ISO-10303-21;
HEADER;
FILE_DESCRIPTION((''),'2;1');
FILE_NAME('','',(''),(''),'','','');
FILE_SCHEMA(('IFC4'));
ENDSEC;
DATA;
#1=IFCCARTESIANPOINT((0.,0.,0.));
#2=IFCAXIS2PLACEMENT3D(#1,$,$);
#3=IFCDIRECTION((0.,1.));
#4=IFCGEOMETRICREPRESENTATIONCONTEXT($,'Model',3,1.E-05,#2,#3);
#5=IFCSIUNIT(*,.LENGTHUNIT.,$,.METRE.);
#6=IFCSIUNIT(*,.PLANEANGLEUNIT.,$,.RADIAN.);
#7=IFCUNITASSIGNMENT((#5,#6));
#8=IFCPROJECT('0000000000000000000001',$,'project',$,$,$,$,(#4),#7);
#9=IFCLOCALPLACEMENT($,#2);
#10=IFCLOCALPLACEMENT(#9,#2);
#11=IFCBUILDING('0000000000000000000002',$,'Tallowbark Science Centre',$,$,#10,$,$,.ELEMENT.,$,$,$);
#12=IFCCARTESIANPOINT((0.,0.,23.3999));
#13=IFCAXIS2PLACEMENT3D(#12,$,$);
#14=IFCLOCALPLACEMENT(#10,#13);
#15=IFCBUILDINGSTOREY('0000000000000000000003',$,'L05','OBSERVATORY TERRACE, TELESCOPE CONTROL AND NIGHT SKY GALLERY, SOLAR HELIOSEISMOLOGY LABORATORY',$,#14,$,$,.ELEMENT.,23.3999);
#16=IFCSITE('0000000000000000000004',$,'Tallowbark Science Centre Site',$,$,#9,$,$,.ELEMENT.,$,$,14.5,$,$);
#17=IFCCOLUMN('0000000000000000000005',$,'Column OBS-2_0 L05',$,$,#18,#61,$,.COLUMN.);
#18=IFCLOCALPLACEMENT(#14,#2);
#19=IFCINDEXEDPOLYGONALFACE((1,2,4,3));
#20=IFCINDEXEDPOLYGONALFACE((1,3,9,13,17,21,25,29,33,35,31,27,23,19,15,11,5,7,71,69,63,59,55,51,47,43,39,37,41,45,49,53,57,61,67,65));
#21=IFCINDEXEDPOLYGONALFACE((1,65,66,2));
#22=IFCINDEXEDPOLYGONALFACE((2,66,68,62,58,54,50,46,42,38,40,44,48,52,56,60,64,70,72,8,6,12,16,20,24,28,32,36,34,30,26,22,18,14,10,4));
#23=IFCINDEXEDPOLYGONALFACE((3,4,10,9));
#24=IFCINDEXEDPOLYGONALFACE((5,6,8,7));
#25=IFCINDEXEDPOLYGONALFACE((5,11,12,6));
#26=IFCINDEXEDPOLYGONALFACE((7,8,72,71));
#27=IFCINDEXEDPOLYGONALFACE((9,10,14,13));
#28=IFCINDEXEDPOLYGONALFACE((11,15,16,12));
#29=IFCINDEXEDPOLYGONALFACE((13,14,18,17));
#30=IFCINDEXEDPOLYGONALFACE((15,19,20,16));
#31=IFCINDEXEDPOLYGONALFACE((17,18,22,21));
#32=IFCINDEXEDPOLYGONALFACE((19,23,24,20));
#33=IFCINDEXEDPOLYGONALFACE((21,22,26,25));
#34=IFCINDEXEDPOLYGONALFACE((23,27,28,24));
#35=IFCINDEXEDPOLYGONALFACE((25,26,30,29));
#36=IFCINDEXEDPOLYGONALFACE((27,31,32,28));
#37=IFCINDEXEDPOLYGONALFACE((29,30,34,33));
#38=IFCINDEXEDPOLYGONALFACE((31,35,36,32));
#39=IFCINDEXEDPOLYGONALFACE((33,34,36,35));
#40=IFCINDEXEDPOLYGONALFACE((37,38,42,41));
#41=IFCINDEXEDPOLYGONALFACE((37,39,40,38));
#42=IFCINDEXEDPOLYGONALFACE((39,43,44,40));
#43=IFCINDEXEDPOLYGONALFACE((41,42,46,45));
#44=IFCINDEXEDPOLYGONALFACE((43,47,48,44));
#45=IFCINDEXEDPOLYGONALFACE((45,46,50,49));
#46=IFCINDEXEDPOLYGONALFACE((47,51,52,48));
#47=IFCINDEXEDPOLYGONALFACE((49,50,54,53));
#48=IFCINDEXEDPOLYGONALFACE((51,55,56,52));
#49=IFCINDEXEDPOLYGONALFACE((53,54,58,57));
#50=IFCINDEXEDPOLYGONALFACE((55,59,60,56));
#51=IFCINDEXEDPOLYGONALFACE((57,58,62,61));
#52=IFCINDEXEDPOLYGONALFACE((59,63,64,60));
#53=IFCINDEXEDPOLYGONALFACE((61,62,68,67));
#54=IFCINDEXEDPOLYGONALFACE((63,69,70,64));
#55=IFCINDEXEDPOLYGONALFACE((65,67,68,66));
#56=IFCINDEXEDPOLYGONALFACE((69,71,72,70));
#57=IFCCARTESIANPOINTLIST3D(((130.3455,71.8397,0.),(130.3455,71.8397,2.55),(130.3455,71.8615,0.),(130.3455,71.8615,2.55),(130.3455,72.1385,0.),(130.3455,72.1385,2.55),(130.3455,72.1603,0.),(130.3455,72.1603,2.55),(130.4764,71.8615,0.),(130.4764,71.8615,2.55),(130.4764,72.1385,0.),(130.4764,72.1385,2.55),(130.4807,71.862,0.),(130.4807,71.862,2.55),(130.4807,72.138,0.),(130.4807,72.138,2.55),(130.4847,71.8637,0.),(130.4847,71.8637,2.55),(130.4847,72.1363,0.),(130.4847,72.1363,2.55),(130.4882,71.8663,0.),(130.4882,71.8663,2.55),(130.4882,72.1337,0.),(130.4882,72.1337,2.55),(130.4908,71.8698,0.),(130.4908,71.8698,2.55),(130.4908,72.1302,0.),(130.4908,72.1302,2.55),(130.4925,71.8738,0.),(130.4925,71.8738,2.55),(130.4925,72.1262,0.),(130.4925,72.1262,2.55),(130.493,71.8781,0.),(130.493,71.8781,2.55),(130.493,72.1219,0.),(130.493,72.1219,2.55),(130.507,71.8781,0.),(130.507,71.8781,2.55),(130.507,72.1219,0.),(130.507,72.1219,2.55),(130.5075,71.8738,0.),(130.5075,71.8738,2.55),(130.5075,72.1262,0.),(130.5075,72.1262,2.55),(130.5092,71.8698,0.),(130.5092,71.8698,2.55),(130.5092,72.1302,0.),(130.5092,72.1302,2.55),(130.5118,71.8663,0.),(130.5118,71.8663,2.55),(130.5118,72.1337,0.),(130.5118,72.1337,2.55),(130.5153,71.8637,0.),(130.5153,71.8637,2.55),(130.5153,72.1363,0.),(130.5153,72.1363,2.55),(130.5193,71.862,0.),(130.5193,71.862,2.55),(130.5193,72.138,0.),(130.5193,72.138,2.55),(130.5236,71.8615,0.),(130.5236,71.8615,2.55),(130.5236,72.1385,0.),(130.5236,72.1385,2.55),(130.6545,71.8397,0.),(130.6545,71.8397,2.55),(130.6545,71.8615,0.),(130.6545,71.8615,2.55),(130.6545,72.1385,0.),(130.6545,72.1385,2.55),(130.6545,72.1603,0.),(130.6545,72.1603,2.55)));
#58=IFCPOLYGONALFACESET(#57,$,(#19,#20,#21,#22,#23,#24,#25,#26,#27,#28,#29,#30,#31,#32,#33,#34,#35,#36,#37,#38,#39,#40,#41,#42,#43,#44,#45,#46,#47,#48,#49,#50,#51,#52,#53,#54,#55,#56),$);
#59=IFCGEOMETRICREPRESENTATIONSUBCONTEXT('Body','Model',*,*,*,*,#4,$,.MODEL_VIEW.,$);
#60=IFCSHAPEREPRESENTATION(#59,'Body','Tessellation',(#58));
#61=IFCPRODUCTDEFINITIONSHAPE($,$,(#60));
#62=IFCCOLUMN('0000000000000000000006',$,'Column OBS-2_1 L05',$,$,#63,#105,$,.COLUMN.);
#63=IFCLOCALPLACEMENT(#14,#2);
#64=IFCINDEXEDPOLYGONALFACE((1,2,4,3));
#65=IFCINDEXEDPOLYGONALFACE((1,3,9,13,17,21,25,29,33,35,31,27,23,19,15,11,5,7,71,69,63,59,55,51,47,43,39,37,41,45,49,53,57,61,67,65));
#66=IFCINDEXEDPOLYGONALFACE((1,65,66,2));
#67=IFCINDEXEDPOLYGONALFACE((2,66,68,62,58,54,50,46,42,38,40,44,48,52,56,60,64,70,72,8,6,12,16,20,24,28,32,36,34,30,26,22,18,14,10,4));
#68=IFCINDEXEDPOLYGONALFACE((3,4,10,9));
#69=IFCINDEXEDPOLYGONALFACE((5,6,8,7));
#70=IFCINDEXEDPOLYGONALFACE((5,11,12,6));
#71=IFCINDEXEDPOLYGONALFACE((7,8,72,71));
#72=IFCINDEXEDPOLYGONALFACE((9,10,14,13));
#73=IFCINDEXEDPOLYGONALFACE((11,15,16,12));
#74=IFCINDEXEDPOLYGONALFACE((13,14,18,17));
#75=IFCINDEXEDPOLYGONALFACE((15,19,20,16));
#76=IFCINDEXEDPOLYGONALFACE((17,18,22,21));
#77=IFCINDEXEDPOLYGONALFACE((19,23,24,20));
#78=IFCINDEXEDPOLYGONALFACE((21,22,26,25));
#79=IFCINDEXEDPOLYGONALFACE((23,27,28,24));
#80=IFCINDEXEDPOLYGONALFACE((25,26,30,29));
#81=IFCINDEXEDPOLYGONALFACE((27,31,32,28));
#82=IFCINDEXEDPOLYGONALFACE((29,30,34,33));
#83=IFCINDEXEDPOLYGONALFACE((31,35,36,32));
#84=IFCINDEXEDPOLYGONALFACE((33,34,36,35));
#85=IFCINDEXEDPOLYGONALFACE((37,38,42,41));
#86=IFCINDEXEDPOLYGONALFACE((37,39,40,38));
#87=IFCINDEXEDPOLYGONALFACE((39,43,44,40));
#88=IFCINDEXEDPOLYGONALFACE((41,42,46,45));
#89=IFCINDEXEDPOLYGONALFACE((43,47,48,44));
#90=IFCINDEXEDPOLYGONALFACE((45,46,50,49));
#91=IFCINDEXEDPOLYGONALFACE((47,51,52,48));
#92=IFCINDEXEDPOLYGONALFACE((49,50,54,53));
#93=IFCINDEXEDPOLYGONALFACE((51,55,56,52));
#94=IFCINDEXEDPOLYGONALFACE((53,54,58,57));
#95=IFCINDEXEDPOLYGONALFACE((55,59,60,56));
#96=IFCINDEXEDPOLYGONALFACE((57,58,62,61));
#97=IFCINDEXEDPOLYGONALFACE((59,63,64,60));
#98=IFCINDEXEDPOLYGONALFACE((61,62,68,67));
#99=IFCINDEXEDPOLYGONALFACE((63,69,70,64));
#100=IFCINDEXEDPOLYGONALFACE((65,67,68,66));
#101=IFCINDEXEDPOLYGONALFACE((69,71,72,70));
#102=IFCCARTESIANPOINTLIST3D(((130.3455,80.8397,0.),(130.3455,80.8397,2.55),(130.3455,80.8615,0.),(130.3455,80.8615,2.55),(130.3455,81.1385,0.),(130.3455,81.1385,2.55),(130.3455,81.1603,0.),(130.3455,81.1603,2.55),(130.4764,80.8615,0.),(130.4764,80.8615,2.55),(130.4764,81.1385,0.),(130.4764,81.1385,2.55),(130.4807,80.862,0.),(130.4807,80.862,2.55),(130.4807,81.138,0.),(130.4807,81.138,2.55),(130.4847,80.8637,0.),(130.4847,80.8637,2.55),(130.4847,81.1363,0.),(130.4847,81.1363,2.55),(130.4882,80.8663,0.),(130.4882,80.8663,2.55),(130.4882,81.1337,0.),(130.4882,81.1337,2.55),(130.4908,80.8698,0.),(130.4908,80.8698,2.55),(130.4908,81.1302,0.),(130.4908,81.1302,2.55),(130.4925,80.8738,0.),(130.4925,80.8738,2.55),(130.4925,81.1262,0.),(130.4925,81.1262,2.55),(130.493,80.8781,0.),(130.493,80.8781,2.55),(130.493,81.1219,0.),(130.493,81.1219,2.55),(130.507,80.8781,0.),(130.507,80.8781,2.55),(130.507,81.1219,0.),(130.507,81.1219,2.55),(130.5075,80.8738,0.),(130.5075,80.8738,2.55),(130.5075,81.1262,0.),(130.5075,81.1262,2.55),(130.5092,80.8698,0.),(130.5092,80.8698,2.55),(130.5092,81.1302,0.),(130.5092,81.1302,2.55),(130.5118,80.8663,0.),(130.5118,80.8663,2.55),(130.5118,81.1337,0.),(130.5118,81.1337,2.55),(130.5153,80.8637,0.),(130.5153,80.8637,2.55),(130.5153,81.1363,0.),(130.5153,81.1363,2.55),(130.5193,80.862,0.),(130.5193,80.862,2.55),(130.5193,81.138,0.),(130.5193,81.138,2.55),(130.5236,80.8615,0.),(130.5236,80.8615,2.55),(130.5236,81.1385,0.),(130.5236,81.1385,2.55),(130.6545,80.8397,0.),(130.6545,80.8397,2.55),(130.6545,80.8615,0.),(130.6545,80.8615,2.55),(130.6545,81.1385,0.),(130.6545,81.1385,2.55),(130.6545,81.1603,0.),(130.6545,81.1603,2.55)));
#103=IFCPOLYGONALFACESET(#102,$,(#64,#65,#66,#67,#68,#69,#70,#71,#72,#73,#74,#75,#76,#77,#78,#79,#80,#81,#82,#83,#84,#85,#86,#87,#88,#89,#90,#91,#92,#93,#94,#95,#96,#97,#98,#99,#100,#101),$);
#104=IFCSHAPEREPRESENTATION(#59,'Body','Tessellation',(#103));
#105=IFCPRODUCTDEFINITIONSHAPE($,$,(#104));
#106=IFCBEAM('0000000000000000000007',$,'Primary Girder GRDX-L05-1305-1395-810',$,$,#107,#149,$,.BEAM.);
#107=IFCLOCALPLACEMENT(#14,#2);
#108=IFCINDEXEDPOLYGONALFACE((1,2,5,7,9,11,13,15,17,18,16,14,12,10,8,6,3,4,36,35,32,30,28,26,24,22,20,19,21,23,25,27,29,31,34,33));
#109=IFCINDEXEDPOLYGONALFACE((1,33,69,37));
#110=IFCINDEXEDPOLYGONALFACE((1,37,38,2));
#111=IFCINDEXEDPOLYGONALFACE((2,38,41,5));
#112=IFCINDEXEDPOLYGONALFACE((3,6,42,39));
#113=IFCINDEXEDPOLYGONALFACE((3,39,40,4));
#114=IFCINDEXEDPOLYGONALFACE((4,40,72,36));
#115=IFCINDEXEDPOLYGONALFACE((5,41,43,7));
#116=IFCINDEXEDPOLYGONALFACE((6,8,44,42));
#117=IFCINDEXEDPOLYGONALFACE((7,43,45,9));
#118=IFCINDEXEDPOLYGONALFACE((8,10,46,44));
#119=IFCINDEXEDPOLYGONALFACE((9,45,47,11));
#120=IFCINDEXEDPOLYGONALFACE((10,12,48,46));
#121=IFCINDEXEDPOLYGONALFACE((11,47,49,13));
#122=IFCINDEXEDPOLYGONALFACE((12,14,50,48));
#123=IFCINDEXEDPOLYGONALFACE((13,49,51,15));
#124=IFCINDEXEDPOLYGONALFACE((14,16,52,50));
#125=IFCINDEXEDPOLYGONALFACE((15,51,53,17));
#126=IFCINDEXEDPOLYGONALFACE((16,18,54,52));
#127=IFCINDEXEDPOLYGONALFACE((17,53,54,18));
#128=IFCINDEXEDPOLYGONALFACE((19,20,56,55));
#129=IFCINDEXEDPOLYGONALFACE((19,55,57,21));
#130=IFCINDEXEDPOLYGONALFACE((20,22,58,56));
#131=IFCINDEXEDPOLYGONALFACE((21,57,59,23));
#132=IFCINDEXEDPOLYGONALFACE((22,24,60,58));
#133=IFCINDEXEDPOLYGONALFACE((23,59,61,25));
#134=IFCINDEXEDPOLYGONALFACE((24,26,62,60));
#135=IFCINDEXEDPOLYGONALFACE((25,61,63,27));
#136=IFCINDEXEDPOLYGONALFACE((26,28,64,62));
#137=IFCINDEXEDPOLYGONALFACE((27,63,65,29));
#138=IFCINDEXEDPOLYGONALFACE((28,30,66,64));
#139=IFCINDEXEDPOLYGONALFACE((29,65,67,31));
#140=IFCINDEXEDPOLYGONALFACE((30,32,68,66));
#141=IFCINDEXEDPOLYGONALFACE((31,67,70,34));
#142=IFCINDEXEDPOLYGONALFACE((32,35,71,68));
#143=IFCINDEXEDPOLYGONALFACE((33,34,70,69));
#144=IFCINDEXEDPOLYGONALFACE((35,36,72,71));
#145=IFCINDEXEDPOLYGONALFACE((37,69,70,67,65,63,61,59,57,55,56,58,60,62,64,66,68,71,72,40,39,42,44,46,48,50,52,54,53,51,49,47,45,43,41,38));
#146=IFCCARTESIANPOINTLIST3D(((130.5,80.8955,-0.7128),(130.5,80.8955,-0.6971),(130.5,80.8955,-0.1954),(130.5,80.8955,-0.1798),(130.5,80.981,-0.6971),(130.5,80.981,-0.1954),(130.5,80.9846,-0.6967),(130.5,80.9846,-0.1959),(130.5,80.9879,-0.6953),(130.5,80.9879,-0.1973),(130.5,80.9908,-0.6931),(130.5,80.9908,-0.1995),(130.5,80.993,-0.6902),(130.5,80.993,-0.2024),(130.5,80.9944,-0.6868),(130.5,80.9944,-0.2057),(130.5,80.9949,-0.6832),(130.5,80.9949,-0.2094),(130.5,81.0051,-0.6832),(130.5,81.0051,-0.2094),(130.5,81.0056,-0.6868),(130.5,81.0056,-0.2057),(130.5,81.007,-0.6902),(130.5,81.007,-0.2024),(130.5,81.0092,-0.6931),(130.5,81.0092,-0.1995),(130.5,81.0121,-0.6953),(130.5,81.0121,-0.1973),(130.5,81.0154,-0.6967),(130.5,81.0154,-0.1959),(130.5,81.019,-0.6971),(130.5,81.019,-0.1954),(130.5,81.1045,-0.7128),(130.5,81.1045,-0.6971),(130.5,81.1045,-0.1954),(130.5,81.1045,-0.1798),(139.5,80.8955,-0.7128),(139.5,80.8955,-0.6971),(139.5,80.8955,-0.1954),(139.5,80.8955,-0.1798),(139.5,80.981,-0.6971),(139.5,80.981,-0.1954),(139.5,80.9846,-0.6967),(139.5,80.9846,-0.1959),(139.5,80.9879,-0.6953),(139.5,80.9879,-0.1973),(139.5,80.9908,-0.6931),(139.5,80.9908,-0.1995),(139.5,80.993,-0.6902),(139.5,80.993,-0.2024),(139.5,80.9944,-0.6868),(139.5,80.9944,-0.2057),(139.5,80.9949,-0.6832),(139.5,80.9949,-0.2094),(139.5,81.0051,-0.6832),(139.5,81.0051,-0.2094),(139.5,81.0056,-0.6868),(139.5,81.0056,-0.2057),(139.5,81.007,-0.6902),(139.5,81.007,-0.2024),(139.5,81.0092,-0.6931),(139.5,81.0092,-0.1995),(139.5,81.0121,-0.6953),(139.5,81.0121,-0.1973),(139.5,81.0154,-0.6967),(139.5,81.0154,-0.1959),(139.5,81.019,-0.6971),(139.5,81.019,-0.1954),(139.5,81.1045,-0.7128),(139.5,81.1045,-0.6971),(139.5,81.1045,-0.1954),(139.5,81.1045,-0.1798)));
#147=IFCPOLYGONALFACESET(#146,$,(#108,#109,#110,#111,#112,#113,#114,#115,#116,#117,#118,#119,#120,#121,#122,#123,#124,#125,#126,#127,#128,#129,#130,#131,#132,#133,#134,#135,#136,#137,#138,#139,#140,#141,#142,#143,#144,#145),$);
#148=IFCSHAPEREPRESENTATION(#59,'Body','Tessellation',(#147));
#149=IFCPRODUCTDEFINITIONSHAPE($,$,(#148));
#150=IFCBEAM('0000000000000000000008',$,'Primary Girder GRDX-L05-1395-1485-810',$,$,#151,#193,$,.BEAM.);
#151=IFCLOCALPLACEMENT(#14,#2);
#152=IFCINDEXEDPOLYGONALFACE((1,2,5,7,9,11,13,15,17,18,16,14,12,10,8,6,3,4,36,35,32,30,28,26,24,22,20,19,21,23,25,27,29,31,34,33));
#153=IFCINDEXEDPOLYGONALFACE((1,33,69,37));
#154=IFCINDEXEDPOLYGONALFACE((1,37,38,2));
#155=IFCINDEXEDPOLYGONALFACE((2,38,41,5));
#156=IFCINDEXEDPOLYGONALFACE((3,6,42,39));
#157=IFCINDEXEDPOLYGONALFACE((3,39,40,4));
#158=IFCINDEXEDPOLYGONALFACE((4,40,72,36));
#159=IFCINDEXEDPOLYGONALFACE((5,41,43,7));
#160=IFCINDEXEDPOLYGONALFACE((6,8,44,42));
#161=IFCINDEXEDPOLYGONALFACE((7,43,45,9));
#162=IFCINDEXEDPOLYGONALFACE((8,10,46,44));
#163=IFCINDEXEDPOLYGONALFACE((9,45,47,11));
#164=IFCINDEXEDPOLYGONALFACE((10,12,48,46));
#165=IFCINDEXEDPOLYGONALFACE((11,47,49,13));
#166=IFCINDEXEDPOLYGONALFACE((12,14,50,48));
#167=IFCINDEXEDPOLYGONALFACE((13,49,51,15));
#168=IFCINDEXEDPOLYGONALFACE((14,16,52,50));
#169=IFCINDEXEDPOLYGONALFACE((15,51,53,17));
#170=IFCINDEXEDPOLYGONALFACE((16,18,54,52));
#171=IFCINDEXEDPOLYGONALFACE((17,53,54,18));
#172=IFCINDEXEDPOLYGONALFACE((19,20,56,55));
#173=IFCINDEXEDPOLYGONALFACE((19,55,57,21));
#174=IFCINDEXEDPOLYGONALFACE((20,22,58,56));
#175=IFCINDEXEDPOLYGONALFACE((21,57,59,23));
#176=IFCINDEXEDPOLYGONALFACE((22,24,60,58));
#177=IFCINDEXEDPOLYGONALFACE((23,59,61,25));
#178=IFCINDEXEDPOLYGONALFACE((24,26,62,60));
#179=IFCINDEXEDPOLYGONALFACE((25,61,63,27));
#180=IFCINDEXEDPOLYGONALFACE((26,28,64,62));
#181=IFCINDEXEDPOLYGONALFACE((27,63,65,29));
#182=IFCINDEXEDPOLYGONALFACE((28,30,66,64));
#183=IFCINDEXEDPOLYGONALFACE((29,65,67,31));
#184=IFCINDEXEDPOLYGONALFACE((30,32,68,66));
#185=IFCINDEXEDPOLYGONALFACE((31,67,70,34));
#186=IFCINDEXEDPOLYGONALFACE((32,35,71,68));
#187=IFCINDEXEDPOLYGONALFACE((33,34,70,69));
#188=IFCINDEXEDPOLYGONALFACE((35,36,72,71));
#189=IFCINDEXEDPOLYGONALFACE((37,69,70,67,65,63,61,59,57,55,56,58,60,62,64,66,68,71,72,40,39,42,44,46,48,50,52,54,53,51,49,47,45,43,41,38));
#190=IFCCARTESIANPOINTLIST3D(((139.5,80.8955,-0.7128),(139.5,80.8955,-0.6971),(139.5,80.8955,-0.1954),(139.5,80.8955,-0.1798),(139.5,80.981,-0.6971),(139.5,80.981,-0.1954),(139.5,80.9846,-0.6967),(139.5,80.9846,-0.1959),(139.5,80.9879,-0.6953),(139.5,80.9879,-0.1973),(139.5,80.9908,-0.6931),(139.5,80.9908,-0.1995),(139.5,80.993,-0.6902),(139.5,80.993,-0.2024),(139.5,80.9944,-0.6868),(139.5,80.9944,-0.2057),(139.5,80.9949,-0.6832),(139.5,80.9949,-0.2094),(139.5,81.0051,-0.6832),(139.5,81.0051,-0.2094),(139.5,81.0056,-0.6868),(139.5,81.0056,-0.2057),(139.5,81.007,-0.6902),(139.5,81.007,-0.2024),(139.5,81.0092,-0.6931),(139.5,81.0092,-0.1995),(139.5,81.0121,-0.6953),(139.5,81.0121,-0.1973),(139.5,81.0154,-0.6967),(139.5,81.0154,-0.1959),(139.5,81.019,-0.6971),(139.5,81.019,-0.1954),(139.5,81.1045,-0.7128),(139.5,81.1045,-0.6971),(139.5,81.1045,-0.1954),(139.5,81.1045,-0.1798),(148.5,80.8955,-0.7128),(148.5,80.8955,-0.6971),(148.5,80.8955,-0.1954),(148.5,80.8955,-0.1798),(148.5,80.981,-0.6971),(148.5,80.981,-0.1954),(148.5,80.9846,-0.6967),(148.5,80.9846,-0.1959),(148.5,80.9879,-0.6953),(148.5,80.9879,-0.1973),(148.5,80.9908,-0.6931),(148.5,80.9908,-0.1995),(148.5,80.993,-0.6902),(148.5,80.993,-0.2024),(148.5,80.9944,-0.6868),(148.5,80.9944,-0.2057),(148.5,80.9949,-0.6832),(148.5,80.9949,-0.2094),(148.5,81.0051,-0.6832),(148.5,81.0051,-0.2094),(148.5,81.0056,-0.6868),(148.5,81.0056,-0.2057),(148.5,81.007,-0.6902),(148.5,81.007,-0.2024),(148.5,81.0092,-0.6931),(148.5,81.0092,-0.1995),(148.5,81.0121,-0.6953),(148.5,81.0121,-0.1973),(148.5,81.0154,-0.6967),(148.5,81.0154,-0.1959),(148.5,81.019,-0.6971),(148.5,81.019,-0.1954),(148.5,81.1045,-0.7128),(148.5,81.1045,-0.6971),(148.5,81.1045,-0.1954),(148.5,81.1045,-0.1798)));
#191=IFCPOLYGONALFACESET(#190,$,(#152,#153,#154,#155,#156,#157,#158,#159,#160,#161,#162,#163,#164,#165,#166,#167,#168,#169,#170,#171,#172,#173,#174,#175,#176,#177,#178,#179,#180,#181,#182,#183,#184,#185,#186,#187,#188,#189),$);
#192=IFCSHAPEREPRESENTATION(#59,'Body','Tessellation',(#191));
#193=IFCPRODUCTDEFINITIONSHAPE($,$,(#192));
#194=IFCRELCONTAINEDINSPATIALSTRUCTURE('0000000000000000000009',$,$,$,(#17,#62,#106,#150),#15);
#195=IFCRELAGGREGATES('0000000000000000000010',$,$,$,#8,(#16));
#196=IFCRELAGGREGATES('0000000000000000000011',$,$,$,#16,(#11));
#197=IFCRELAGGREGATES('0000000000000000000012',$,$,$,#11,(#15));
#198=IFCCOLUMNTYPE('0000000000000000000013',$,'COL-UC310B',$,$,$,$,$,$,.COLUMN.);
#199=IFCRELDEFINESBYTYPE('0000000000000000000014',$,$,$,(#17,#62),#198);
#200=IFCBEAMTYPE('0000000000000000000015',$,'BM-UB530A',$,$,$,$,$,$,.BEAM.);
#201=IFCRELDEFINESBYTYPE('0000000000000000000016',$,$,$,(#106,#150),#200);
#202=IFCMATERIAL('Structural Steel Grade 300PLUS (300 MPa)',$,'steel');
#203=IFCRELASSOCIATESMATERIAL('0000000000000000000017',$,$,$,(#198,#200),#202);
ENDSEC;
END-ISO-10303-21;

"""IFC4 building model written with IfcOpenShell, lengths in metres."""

from ifc_helpers import new_model, si_unit, direction, frame, origin, origin_2d, place, context, subcontext, project, spatial, i_section, extrude, material, material_profile, profile_set, type_object, element, save


model = new_model("IFC4")

# Units and contexts
model_context = context("Model", 3, precision=1e-05, world=origin(), true_north=direction((0.0, 1.0)))
body_context = subcontext(model_context, "Body", "Model", "MODEL_VIEW")
ifc_project = project(units=[si_unit("LENGTHUNIT", "METRE"), si_unit("PLANEANGLEUNIT", "RADIAN")], contexts=[model_context])

# Site, building, storey
site_placement = place(None, origin())
site = spatial("IfcSite", under=ifc_project, at=site_placement, Name="Tallowbark Science Centre Site", CompositionType="ELEMENT", RefElevation=14.5)
building_placement = place(site_placement, origin())
building = spatial("IfcBuilding", under=site, at=building_placement, Name="Tallowbark Science Centre", CompositionType="ELEMENT")
storey_placement = place(building_placement, frame((0.0, 0.0, 23.3999)))
storey = spatial("IfcBuildingStorey", under=building, at=storey_placement, Name="L05", Description="OBSERVATORY TERRACE, TELESCOPE CONTROL AND NIGHT SKY GALLERY, SOLAR HELIOSEISMOLOGY LABORATORY", CompositionType="ELEMENT", Elevation=23.3999)

# Columns
ifc_material_1 = material(Name="Structural Steel Grade 300PLUS (300 MPa)", Category="steel")
ifc_material_profile_1 = material_profile(ifc_material_1, i_section(OverallWidth=0.3091, OverallDepth=0.3206, WebThickness=0.0139, FlangeThickness=0.0217, FilletRadius=0.0166, at=origin_2d()), Name="310UC137")
ifc_profile_set_1 = profile_set([ifc_material_profile_1], Name="Structural Steel Grade 300PLUS (300 MPa)")
column_type = type_object("IfcColumnType", Name="COL-UC310B", PredefinedType="COLUMN", material=ifc_profile_set_1)
for number, where, z_axis, x_axis, name in (
    (1, (130.5, 72.0, 0.0), (0.0, 0.0, 1.0), (1.0, 0.0, 0.0), "Column OBS-2_0 L05"),
    (2, (130.5, 81.0, 0.0), (0.0, 0.0, 1.0), (1.0, 0.0, 0.0), "Column OBS-2_1 L05"),
):
    element("IfcColumn", number, at=place(storey_placement, frame(where, z_axis=z_axis, x_axis=x_axis)), inside=storey, type_object=column_type, Name=name, PredefinedType="COLUMN", context=body_context, shape_type="SweptSolid", body=[
        extrude(i_section(OverallWidth=0.3091, OverallDepth=0.3206, WebThickness=0.0139, FlangeThickness=0.0217, FilletRadius=0.0166, at=origin_2d()), origin(), (0.0, 0.0, 1.0), 2.55),
    ])

# Beams
ifc_material_profile_2 = material_profile(ifc_material_1, i_section(OverallWidth=0.209, OverallDepth=0.533, WebThickness=0.0103, FlangeThickness=0.0156, FilletRadius=0.0139, at=origin_2d()), Name="530UB92.4")
ifc_profile_set_2 = profile_set([ifc_material_profile_2], Name="Structural Steel Grade 300PLUS (300 MPa)")
beam_type_1 = type_object("IfcBeamType", Name="BM-UB530A", PredefinedType="BEAM", material=ifc_profile_set_2)
for number, where, z_axis, x_axis, name in (
    (3, (130.5, 81.0, -0.4463), (1.0, 0.0, 0.0), (0.0, 1.0, 0.0), "Primary Girder GRDX-L05-1305-1395-810"),
    (4, (139.5, 81.0, -0.4463), (1.0, 0.0, 0.0), (0.0, 1.0, 0.0), "Primary Girder GRDX-L05-1395-1485-810"),
):
    element("IfcBeam", number, at=place(storey_placement, frame(where, z_axis=z_axis, x_axis=x_axis)), inside=storey, type_object=beam_type_1, Name=name, PredefinedType="BEAM", context=body_context, shape_type="SweptSolid", body=[
        extrude(i_section(OverallWidth=0.209, OverallDepth=0.533, WebThickness=0.0103, FlangeThickness=0.0156, FilletRadius=0.0139, at=origin_2d()), origin(), (0.0, 0.0, 1.0), 9.0),
    ])

save(model, "model.ifc")
